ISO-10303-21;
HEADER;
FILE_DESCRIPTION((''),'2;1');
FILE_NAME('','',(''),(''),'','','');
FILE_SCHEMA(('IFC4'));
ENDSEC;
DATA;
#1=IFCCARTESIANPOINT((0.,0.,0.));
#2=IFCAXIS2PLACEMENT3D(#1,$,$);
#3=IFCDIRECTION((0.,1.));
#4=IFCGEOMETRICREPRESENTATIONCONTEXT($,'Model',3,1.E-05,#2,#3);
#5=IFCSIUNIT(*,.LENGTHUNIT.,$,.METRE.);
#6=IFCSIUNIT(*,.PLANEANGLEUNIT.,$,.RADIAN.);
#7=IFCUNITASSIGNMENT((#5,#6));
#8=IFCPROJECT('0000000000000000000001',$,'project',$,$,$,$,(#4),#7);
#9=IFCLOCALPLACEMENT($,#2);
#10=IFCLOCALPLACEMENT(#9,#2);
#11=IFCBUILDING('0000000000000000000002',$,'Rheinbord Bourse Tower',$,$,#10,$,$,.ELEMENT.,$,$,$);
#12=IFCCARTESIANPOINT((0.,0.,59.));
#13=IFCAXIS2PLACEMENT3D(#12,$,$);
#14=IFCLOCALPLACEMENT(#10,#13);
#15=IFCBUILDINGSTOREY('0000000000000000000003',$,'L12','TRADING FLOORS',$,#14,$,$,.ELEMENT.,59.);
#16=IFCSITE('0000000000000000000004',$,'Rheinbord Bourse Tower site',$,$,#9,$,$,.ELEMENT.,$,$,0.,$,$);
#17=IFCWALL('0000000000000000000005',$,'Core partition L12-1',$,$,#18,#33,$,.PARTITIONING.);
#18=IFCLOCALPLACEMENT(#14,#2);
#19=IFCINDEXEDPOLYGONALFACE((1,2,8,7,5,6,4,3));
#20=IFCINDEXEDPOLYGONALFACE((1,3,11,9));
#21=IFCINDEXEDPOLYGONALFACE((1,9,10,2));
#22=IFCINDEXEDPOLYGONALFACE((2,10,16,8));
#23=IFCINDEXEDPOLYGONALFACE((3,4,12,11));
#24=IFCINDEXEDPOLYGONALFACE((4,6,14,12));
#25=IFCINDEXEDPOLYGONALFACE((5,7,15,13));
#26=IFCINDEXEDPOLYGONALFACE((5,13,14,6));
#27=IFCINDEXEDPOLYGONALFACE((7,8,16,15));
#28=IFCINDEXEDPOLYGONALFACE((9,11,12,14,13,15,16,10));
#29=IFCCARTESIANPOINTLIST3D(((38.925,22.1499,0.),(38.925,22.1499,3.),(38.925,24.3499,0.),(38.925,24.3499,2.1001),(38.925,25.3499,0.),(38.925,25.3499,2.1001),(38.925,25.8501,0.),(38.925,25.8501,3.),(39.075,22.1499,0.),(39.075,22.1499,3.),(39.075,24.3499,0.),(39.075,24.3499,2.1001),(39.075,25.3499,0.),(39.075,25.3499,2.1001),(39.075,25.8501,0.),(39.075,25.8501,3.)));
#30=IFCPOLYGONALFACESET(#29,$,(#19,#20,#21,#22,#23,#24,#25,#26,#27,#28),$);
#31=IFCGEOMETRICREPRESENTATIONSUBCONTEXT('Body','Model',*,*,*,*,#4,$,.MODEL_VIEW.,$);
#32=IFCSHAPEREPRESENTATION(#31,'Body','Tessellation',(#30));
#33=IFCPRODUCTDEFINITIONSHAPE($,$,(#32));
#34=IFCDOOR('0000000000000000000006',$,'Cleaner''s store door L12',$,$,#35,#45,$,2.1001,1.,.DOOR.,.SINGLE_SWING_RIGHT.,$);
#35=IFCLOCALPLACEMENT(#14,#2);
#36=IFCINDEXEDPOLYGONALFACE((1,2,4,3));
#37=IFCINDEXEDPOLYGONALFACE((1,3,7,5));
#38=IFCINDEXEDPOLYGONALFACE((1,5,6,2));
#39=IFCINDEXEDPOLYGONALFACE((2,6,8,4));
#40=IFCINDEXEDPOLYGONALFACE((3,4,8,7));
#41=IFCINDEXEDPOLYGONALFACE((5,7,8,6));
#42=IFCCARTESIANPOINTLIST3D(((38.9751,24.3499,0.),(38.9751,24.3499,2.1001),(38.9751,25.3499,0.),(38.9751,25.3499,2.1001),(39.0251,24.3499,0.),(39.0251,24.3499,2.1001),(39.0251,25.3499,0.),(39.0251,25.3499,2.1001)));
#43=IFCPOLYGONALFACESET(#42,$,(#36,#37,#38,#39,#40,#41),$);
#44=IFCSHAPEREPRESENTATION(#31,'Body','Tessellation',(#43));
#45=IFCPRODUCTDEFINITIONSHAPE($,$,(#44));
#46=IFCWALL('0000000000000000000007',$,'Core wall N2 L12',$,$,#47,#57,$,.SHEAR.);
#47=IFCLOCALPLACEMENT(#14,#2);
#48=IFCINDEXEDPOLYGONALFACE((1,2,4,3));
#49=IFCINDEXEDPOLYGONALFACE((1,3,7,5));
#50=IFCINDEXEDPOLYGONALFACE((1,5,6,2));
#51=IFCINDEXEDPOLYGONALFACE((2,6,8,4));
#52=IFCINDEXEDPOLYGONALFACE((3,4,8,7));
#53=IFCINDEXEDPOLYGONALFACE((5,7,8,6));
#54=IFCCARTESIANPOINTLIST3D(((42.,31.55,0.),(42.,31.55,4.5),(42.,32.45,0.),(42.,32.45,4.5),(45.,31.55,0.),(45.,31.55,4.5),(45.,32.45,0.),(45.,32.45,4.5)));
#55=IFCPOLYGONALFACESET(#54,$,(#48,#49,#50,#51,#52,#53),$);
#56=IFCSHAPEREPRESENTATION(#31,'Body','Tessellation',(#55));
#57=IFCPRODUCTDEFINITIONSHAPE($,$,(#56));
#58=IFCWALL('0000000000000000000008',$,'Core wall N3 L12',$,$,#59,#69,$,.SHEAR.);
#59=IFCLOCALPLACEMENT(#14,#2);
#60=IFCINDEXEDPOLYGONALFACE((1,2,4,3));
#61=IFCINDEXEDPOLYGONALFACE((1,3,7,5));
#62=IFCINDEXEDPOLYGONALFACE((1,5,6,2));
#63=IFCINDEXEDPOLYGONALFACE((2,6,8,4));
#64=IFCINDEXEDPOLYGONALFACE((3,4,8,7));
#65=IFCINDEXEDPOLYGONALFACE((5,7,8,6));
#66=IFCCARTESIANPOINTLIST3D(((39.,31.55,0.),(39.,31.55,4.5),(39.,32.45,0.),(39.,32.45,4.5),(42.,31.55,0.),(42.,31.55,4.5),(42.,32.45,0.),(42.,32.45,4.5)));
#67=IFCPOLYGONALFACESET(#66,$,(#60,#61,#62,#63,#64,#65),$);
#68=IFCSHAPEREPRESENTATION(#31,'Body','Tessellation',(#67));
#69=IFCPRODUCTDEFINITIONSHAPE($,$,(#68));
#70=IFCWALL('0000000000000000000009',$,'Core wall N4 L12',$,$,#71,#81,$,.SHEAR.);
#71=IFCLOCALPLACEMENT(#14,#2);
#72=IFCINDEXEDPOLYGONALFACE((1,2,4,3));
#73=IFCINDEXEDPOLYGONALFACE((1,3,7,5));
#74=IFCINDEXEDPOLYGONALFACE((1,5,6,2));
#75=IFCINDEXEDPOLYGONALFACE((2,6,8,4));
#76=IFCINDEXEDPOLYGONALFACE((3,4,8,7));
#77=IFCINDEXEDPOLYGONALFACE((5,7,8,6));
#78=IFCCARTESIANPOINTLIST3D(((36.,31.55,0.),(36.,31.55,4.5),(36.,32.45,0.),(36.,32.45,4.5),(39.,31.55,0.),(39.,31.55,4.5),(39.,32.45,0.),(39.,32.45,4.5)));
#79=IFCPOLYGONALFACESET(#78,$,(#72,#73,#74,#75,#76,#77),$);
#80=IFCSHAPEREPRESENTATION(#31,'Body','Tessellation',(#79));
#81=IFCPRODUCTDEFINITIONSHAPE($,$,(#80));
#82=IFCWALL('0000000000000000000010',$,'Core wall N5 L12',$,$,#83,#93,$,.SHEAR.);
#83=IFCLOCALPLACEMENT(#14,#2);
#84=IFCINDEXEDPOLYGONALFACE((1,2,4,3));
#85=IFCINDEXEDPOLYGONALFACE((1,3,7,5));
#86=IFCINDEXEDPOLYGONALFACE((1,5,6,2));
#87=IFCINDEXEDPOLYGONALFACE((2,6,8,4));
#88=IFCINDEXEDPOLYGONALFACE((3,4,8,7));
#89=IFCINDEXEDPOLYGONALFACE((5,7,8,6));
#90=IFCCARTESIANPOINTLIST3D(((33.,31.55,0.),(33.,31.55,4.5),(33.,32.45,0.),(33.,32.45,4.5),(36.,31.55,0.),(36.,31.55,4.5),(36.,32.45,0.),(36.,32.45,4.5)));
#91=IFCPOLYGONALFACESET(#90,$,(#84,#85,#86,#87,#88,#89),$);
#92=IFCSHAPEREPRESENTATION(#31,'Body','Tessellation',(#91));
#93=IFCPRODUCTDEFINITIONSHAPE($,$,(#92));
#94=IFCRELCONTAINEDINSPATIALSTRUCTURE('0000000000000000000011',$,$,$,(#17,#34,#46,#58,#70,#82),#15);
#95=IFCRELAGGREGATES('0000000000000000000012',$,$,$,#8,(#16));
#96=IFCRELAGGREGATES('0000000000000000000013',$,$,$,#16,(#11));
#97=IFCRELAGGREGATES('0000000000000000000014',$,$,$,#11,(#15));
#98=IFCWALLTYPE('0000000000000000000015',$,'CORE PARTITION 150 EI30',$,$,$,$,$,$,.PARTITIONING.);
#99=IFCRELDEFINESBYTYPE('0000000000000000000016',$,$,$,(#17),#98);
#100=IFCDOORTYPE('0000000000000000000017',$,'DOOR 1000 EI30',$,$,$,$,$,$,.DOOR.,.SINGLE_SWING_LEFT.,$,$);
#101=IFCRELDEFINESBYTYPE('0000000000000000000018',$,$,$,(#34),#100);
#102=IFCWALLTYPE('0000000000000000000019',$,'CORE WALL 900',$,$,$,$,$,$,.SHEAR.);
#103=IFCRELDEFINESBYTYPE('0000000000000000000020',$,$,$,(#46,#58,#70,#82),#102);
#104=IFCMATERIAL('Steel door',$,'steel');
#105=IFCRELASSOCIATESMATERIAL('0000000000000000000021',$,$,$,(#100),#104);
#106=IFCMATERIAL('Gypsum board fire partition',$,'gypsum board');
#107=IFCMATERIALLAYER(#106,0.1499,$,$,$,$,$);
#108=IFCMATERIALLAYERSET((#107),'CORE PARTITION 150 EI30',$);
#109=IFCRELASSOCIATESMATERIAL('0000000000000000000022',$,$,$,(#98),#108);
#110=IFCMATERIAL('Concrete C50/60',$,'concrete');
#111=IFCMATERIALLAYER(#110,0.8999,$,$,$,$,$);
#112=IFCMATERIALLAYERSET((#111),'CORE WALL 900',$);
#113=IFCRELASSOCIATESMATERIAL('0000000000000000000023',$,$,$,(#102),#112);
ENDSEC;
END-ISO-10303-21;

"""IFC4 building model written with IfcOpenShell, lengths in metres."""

from ifc_helpers import new_model, si_unit, direction, frame, frame_2d, origin, place, context, subcontext, project, spatial, rectangle, extrude, material, layer, layer_set, type_object, element, fill, save


model = new_model("IFC4")

# Units and contexts
model_context = context("Model", 3, precision=1e-05, world=origin(), true_north=direction((0.0, 1.0)))
body_context = subcontext(model_context, "Body", "Model", "MODEL_VIEW")
ifc_project = project(units=[si_unit("LENGTHUNIT", "METRE"), si_unit("PLANEANGLEUNIT", "RADIAN")], contexts=[model_context])

# Site, building, storey
site_placement = place(None, origin())
site = spatial("IfcSite", under=ifc_project, at=site_placement, Name="Rheinbord Bourse Tower site", CompositionType="ELEMENT", RefElevation=0.0)
building_placement = place(site_placement, origin())
building = spatial("IfcBuilding", under=site, at=building_placement, Name="Rheinbord Bourse Tower", CompositionType="ELEMENT")
storey_placement = place(building_placement, frame((0.0, 0.0, 59.0)))
storey = spatial("IfcBuildingStorey", under=building, at=storey_placement, Name="L12", Description="TRADING FLOORS", CompositionType="ELEMENT", Elevation=59.0)

# Shared definitions
ifc_material_1 = material(Name="Steel door", Category="steel")
door_type_1 = type_object("IfcDoorType", Name="DOOR 1000 EI30", OperationType="SINGLE_SWING_LEFT", PredefinedType="DOOR", material=ifc_material_1)

# Wall, opening, door
ifc_material_2 = material(Name="Gypsum board fire partition", Category="gypsum board")
ifc_layer_1 = layer(ifc_material_2, 0.1499)
ifc_layer_set_1 = layer_set([ifc_layer_1], Name="CORE PARTITION 150 EI30")
wall_type_1 = type_object("IfcWallType", Name="CORE PARTITION 150 EI30", PredefinedType="PARTITIONING", material=ifc_layer_set_1)
wall_1_placement = place(storey_placement, frame((39.0, 22.1499, 0.0), z_axis=(0.0, 0.0, 1.0), x_axis=(0.0, 1.0, 0.0)))
wall_1 = element("IfcWall", 1, at=wall_1_placement, inside=storey, type_object=wall_type_1, Name="Core partition L12-1", PredefinedType="PARTITIONING", context=body_context, shape_type="SweptSolid", body=[
    extrude(rectangle(XDim=3.7002, YDim=0.1499, at=frame_2d((1.8501, 0.0))), origin(), (0.0, 0.0, 1.0), 3.0),
])
opening_1_placement = place(wall_1_placement, frame((2.2, 0.0, 0.0)))
opening_1 = element("IfcOpeningElement", 2, at=opening_1_placement, cuts=wall_1, PredefinedType="OPENING", context=body_context, shape_type="SweptSolid", body=[
    extrude(rectangle(XDim=1.0, YDim=2.1001, at=frame_2d((0.5, 1.05))), frame((0.0, 0.085, 0.0), z_axis=(0.0, -1.0, 0.0), x_axis=(1.0, 0.0, 0.0)), (0.0, 0.0, 1.0), 0.1699),
])
door_1_placement = place(opening_1_placement, origin())
door_1 = element("IfcDoor", 3, at=door_1_placement, inside=storey, type_object=door_type_1, Name="Cleaner's store door L12", OperationType="SINGLE_SWING_RIGHT", OverallHeight=2.1001, OverallWidth=1.0, PredefinedType="DOOR", context=body_context, shape_type="SweptSolid", body=[
    extrude(rectangle(XDim=1.0, YDim=2.1001, at=frame_2d((0.5, 1.05))), frame((0.0, 0.0249, 0.0), z_axis=(0.0, -1.0, 0.0), x_axis=(1.0, 0.0, 0.0)), (0.0, 0.0, 1.0), 0.05),
])
fill(opening_1, door_1)

# Walls
ifc_material_3 = material(Name="Concrete C50/60", Category="concrete")
ifc_layer_2 = layer(ifc_material_3, 0.8999)
ifc_layer_set_2 = layer_set([ifc_layer_2], Name="CORE WALL 900")
wall_type_2 = type_object("IfcWallType", Name="CORE WALL 900", PredefinedType="SHEAR", material=ifc_layer_set_2)
for number, where, z_axis, x_axis, name in (
    (4, (45.0, 32.0, 0.0), (0.0, 0.0, 1.0), (-1.0, 0.0, 0.0), "Core wall N2 L12"),
    (5, (42.0, 32.0, 0.0), (0.0, 0.0, 1.0), (-1.0, 0.0, 0.0), "Core wall N3 L12"),
    (6, (39.0, 32.0, 0.0), (0.0, 0.0, 1.0), (-1.0, 0.0, 0.0), "Core wall N4 L12"),
    (7, (36.0, 32.0, 0.0), (0.0, 0.0, 1.0), (-1.0, 0.0, 0.0), "Core wall N5 L12"),
):
    element("IfcWall", number, at=place(storey_placement, frame(where, z_axis=z_axis, x_axis=x_axis)), inside=storey, type_object=wall_type_2, Name=name, PredefinedType="SHEAR", context=body_context, shape_type="SweptSolid", body=[
        extrude(rectangle(XDim=3.0, YDim=0.8999, at=frame_2d((1.5, 0.0))), origin(), (0.0, 0.0, 1.0), 4.5),
    ])

save(model, "model.ifc")
